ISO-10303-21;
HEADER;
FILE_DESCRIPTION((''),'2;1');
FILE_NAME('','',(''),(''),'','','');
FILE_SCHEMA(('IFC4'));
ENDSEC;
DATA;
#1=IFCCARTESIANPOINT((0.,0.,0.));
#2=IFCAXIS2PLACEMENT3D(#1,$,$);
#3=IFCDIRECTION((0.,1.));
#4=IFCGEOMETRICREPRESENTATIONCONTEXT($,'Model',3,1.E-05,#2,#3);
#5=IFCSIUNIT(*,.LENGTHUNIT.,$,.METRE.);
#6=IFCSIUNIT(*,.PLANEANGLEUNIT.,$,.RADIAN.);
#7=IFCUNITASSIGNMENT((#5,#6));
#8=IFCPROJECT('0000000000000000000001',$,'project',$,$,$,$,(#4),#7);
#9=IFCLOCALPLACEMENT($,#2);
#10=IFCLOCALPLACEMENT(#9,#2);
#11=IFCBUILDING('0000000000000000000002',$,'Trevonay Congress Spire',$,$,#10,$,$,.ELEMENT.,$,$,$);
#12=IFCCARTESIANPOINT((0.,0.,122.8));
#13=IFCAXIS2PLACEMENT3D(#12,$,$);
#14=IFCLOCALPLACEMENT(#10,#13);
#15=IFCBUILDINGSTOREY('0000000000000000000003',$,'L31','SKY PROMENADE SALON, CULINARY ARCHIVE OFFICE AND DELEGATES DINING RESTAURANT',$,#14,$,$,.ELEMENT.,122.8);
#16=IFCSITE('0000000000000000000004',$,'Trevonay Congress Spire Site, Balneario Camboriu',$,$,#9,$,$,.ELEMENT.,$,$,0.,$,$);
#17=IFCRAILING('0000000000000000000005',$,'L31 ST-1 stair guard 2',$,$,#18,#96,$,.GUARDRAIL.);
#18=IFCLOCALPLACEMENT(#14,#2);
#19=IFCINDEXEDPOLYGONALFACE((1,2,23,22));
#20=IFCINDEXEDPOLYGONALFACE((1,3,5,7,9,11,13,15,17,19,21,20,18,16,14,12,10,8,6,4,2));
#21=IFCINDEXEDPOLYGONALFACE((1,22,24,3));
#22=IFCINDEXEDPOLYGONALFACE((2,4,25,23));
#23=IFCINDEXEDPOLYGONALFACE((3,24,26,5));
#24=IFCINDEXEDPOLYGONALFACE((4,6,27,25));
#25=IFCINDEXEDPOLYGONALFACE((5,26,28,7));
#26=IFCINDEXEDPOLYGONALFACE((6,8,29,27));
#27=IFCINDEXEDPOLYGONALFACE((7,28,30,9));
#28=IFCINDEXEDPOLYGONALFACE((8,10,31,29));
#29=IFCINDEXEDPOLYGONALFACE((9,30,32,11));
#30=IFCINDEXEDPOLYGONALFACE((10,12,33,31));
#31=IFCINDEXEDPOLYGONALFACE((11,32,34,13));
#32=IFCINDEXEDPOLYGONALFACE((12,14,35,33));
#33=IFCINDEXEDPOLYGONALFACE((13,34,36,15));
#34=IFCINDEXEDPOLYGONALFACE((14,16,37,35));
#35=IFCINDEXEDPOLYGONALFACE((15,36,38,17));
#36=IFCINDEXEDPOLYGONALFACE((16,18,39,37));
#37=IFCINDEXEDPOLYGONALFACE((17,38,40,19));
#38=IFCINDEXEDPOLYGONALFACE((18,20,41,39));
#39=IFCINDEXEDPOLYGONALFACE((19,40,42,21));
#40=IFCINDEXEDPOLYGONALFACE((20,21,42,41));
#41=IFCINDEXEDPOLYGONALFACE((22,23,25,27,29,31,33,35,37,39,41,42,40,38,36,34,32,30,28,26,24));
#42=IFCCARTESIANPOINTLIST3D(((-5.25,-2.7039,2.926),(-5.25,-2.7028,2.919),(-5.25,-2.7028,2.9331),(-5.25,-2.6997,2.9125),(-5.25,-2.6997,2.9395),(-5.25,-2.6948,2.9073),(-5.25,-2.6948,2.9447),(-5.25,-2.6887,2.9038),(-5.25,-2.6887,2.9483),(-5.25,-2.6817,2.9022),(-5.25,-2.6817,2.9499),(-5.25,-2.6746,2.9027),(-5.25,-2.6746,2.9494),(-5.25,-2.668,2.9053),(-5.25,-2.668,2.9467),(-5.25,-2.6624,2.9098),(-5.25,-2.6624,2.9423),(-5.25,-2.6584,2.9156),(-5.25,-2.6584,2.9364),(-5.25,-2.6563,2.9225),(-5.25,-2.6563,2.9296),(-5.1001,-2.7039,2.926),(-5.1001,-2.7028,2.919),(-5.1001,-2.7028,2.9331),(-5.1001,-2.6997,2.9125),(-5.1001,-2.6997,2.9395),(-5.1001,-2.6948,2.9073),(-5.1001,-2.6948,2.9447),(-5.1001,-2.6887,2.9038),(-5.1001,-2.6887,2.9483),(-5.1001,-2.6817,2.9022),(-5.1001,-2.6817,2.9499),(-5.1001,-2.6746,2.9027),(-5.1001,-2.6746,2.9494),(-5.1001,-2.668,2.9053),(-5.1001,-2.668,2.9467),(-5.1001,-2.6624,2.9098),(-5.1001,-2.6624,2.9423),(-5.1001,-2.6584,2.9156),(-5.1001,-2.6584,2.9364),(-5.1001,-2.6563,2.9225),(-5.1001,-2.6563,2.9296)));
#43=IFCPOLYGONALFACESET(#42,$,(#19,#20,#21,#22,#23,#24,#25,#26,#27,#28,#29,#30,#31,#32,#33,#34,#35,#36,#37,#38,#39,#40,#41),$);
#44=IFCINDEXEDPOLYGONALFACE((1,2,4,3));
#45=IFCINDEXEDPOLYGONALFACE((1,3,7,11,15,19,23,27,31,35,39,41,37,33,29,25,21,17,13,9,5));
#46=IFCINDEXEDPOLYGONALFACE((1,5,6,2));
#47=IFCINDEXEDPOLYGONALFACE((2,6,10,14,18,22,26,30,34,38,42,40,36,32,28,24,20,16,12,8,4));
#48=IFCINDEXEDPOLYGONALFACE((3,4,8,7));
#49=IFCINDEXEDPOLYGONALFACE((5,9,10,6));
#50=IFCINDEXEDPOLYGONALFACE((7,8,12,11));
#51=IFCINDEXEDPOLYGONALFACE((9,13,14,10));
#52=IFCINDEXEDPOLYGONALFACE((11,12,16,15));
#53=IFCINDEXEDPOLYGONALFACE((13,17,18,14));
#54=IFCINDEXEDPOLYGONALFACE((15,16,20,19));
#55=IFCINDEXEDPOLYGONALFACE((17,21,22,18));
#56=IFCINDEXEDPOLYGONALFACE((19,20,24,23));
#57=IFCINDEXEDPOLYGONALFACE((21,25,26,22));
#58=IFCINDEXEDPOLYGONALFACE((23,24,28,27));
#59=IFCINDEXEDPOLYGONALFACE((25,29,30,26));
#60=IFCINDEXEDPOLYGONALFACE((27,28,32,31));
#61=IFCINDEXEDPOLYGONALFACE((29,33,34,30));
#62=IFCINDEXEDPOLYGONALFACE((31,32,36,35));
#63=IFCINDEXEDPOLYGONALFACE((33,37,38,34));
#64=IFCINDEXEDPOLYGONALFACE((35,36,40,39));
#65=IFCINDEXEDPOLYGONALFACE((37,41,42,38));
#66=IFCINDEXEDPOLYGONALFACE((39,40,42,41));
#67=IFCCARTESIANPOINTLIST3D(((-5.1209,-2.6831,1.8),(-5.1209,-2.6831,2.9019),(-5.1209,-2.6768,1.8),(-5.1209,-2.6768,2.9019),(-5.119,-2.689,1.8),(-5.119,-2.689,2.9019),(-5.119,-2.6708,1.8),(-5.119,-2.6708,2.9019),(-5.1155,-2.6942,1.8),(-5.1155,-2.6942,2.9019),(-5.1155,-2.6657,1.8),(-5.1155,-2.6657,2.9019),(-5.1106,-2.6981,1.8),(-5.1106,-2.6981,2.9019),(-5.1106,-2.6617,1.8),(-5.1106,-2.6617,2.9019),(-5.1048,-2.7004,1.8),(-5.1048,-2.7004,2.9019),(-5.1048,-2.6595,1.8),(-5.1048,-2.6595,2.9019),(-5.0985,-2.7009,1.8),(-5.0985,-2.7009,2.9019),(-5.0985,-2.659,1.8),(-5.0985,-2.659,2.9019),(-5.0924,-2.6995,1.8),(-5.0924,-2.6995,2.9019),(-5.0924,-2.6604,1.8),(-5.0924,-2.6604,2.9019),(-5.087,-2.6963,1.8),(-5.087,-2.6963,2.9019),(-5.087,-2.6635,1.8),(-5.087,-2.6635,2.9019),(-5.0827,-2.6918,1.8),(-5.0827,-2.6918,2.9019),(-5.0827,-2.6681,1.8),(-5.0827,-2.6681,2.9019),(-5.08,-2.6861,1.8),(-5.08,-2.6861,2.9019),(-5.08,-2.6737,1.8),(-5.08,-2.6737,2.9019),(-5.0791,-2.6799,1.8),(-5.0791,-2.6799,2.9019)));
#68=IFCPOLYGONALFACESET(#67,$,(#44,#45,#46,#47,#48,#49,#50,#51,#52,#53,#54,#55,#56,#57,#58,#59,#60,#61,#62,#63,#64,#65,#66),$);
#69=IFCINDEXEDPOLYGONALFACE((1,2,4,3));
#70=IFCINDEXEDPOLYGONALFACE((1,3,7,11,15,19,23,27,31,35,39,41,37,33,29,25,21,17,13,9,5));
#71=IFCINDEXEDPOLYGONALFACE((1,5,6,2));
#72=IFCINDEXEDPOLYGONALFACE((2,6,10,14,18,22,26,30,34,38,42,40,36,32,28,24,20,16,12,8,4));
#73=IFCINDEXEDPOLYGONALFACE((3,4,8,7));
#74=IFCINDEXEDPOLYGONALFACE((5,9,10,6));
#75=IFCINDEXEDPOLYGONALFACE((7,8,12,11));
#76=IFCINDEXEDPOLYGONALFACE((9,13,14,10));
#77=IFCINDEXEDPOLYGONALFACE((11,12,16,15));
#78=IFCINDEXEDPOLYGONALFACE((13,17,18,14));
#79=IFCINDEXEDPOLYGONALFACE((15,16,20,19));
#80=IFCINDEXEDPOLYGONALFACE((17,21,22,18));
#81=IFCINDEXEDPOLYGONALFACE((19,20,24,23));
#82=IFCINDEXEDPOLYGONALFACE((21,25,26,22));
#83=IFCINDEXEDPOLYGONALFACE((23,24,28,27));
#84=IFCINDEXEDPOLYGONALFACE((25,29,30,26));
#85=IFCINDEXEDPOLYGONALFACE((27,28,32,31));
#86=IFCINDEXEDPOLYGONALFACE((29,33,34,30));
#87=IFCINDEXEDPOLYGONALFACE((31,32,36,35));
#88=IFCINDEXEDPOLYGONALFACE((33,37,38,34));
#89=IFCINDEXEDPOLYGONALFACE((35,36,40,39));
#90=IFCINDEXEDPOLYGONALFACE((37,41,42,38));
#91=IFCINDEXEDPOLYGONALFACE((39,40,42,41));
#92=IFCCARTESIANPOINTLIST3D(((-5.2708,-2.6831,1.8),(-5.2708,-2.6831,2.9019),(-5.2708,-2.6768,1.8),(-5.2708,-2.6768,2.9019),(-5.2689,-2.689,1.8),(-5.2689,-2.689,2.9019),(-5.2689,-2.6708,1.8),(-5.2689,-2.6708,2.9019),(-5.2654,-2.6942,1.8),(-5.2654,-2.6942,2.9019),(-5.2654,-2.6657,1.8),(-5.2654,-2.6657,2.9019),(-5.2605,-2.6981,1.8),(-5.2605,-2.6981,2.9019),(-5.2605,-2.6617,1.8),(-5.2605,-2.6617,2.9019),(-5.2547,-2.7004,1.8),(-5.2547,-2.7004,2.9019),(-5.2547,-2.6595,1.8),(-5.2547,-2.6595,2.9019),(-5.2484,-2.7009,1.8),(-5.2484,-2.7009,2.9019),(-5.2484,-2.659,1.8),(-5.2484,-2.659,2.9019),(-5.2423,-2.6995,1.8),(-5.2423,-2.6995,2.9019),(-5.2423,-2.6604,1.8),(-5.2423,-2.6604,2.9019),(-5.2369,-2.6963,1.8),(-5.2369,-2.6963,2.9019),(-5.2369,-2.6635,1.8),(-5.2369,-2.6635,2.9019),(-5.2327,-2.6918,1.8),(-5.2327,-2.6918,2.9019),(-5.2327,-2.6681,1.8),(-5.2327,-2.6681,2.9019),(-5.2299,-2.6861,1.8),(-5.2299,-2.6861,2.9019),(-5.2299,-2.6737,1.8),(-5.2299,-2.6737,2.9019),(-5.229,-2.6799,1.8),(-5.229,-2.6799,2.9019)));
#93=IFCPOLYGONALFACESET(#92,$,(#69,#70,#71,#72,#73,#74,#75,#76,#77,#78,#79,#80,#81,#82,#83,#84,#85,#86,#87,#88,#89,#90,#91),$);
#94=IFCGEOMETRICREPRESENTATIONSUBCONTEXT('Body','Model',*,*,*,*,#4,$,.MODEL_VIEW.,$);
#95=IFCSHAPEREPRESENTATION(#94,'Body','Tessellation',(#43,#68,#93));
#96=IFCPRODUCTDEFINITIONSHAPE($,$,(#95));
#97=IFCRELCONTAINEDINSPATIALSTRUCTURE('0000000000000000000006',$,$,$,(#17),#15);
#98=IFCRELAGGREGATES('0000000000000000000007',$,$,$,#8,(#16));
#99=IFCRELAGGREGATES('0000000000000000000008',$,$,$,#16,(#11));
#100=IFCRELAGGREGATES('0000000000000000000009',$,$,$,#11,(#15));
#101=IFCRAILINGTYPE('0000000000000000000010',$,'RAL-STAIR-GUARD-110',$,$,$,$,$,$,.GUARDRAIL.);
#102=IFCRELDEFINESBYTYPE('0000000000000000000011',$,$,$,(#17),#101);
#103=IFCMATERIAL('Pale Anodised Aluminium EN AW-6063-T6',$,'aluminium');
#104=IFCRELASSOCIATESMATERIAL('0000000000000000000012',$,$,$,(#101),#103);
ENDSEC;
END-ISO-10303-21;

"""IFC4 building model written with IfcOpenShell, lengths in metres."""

from ifc_helpers import new_model, si_unit, direction, frame, origin, origin_2d, place, context, subcontext, project, spatial, circle, extrude, material, type_object, element, save


model = new_model("IFC4")

# Units and contexts
model_context = context("Model", 3, precision=1e-05, world=origin(), true_north=direction((0.0, 1.0)))
body_context = subcontext(model_context, "Body", "Model", "MODEL_VIEW")
ifc_project = project(units=[si_unit("LENGTHUNIT", "METRE"), si_unit("PLANEANGLEUNIT", "RADIAN")], contexts=[model_context])

# Site, building, storey
site_placement = place(None, origin())
site = spatial("IfcSite", under=ifc_project, at=site_placement, Name="Trevonay Congress Spire Site, Balneario Camboriu", CompositionType="ELEMENT", RefElevation=0.0)
building_placement = place(site_placement, origin())
building = spatial("IfcBuilding", under=site, at=building_placement, Name="Trevonay Congress Spire", CompositionType="ELEMENT")
storey_placement = place(building_placement, frame((0.0, 0.0, 122.8)))
storey = spatial("IfcBuildingStorey", under=building, at=storey_placement, Name="L31", Description="SKY PROMENADE SALON, CULINARY ARCHIVE OFFICE AND DELEGATES DINING RESTAURANT", CompositionType="ELEMENT", Elevation=122.8)

# Railing
ifc_material_1 = material(Name="Pale Anodised Aluminium EN AW-6063-T6", Category="aluminium")
railing_type_1 = type_object("IfcRailingType", Name="RAL-STAIR-GUARD-110", PredefinedType="GUARDRAIL", material=ifc_material_1)
railing_1_placement = place(storey_placement, frame((-5.1001, -2.6799, 1.8)))
element("IfcRailing", 1, at=railing_1_placement, inside=storey, type_object=railing_type_1, Name="L31 ST-1 stair guard 2", PredefinedType="GUARDRAIL", context=body_context, shape_type="SweptSolid", body=[
    extrude(circle(Radius=0.0239, at=origin_2d()), frame((0.0, 0.0, 1.126), z_axis=(-1.0, 0.0, 0.0), x_axis=(0.0, -1.0, 0.0)), (0.0, 0.0, 1.0), 0.1499),
    extrude(circle(Radius=0.021, at=origin_2d()), origin(), (0.0, 0.0, 1.0), 1.1018),
    extrude(circle(Radius=0.021, at=origin_2d()), frame((-0.1499, 0.0, 0.0)), (0.0, 0.0, 1.0), 1.1018),
])

save(model, "model.ifc")
